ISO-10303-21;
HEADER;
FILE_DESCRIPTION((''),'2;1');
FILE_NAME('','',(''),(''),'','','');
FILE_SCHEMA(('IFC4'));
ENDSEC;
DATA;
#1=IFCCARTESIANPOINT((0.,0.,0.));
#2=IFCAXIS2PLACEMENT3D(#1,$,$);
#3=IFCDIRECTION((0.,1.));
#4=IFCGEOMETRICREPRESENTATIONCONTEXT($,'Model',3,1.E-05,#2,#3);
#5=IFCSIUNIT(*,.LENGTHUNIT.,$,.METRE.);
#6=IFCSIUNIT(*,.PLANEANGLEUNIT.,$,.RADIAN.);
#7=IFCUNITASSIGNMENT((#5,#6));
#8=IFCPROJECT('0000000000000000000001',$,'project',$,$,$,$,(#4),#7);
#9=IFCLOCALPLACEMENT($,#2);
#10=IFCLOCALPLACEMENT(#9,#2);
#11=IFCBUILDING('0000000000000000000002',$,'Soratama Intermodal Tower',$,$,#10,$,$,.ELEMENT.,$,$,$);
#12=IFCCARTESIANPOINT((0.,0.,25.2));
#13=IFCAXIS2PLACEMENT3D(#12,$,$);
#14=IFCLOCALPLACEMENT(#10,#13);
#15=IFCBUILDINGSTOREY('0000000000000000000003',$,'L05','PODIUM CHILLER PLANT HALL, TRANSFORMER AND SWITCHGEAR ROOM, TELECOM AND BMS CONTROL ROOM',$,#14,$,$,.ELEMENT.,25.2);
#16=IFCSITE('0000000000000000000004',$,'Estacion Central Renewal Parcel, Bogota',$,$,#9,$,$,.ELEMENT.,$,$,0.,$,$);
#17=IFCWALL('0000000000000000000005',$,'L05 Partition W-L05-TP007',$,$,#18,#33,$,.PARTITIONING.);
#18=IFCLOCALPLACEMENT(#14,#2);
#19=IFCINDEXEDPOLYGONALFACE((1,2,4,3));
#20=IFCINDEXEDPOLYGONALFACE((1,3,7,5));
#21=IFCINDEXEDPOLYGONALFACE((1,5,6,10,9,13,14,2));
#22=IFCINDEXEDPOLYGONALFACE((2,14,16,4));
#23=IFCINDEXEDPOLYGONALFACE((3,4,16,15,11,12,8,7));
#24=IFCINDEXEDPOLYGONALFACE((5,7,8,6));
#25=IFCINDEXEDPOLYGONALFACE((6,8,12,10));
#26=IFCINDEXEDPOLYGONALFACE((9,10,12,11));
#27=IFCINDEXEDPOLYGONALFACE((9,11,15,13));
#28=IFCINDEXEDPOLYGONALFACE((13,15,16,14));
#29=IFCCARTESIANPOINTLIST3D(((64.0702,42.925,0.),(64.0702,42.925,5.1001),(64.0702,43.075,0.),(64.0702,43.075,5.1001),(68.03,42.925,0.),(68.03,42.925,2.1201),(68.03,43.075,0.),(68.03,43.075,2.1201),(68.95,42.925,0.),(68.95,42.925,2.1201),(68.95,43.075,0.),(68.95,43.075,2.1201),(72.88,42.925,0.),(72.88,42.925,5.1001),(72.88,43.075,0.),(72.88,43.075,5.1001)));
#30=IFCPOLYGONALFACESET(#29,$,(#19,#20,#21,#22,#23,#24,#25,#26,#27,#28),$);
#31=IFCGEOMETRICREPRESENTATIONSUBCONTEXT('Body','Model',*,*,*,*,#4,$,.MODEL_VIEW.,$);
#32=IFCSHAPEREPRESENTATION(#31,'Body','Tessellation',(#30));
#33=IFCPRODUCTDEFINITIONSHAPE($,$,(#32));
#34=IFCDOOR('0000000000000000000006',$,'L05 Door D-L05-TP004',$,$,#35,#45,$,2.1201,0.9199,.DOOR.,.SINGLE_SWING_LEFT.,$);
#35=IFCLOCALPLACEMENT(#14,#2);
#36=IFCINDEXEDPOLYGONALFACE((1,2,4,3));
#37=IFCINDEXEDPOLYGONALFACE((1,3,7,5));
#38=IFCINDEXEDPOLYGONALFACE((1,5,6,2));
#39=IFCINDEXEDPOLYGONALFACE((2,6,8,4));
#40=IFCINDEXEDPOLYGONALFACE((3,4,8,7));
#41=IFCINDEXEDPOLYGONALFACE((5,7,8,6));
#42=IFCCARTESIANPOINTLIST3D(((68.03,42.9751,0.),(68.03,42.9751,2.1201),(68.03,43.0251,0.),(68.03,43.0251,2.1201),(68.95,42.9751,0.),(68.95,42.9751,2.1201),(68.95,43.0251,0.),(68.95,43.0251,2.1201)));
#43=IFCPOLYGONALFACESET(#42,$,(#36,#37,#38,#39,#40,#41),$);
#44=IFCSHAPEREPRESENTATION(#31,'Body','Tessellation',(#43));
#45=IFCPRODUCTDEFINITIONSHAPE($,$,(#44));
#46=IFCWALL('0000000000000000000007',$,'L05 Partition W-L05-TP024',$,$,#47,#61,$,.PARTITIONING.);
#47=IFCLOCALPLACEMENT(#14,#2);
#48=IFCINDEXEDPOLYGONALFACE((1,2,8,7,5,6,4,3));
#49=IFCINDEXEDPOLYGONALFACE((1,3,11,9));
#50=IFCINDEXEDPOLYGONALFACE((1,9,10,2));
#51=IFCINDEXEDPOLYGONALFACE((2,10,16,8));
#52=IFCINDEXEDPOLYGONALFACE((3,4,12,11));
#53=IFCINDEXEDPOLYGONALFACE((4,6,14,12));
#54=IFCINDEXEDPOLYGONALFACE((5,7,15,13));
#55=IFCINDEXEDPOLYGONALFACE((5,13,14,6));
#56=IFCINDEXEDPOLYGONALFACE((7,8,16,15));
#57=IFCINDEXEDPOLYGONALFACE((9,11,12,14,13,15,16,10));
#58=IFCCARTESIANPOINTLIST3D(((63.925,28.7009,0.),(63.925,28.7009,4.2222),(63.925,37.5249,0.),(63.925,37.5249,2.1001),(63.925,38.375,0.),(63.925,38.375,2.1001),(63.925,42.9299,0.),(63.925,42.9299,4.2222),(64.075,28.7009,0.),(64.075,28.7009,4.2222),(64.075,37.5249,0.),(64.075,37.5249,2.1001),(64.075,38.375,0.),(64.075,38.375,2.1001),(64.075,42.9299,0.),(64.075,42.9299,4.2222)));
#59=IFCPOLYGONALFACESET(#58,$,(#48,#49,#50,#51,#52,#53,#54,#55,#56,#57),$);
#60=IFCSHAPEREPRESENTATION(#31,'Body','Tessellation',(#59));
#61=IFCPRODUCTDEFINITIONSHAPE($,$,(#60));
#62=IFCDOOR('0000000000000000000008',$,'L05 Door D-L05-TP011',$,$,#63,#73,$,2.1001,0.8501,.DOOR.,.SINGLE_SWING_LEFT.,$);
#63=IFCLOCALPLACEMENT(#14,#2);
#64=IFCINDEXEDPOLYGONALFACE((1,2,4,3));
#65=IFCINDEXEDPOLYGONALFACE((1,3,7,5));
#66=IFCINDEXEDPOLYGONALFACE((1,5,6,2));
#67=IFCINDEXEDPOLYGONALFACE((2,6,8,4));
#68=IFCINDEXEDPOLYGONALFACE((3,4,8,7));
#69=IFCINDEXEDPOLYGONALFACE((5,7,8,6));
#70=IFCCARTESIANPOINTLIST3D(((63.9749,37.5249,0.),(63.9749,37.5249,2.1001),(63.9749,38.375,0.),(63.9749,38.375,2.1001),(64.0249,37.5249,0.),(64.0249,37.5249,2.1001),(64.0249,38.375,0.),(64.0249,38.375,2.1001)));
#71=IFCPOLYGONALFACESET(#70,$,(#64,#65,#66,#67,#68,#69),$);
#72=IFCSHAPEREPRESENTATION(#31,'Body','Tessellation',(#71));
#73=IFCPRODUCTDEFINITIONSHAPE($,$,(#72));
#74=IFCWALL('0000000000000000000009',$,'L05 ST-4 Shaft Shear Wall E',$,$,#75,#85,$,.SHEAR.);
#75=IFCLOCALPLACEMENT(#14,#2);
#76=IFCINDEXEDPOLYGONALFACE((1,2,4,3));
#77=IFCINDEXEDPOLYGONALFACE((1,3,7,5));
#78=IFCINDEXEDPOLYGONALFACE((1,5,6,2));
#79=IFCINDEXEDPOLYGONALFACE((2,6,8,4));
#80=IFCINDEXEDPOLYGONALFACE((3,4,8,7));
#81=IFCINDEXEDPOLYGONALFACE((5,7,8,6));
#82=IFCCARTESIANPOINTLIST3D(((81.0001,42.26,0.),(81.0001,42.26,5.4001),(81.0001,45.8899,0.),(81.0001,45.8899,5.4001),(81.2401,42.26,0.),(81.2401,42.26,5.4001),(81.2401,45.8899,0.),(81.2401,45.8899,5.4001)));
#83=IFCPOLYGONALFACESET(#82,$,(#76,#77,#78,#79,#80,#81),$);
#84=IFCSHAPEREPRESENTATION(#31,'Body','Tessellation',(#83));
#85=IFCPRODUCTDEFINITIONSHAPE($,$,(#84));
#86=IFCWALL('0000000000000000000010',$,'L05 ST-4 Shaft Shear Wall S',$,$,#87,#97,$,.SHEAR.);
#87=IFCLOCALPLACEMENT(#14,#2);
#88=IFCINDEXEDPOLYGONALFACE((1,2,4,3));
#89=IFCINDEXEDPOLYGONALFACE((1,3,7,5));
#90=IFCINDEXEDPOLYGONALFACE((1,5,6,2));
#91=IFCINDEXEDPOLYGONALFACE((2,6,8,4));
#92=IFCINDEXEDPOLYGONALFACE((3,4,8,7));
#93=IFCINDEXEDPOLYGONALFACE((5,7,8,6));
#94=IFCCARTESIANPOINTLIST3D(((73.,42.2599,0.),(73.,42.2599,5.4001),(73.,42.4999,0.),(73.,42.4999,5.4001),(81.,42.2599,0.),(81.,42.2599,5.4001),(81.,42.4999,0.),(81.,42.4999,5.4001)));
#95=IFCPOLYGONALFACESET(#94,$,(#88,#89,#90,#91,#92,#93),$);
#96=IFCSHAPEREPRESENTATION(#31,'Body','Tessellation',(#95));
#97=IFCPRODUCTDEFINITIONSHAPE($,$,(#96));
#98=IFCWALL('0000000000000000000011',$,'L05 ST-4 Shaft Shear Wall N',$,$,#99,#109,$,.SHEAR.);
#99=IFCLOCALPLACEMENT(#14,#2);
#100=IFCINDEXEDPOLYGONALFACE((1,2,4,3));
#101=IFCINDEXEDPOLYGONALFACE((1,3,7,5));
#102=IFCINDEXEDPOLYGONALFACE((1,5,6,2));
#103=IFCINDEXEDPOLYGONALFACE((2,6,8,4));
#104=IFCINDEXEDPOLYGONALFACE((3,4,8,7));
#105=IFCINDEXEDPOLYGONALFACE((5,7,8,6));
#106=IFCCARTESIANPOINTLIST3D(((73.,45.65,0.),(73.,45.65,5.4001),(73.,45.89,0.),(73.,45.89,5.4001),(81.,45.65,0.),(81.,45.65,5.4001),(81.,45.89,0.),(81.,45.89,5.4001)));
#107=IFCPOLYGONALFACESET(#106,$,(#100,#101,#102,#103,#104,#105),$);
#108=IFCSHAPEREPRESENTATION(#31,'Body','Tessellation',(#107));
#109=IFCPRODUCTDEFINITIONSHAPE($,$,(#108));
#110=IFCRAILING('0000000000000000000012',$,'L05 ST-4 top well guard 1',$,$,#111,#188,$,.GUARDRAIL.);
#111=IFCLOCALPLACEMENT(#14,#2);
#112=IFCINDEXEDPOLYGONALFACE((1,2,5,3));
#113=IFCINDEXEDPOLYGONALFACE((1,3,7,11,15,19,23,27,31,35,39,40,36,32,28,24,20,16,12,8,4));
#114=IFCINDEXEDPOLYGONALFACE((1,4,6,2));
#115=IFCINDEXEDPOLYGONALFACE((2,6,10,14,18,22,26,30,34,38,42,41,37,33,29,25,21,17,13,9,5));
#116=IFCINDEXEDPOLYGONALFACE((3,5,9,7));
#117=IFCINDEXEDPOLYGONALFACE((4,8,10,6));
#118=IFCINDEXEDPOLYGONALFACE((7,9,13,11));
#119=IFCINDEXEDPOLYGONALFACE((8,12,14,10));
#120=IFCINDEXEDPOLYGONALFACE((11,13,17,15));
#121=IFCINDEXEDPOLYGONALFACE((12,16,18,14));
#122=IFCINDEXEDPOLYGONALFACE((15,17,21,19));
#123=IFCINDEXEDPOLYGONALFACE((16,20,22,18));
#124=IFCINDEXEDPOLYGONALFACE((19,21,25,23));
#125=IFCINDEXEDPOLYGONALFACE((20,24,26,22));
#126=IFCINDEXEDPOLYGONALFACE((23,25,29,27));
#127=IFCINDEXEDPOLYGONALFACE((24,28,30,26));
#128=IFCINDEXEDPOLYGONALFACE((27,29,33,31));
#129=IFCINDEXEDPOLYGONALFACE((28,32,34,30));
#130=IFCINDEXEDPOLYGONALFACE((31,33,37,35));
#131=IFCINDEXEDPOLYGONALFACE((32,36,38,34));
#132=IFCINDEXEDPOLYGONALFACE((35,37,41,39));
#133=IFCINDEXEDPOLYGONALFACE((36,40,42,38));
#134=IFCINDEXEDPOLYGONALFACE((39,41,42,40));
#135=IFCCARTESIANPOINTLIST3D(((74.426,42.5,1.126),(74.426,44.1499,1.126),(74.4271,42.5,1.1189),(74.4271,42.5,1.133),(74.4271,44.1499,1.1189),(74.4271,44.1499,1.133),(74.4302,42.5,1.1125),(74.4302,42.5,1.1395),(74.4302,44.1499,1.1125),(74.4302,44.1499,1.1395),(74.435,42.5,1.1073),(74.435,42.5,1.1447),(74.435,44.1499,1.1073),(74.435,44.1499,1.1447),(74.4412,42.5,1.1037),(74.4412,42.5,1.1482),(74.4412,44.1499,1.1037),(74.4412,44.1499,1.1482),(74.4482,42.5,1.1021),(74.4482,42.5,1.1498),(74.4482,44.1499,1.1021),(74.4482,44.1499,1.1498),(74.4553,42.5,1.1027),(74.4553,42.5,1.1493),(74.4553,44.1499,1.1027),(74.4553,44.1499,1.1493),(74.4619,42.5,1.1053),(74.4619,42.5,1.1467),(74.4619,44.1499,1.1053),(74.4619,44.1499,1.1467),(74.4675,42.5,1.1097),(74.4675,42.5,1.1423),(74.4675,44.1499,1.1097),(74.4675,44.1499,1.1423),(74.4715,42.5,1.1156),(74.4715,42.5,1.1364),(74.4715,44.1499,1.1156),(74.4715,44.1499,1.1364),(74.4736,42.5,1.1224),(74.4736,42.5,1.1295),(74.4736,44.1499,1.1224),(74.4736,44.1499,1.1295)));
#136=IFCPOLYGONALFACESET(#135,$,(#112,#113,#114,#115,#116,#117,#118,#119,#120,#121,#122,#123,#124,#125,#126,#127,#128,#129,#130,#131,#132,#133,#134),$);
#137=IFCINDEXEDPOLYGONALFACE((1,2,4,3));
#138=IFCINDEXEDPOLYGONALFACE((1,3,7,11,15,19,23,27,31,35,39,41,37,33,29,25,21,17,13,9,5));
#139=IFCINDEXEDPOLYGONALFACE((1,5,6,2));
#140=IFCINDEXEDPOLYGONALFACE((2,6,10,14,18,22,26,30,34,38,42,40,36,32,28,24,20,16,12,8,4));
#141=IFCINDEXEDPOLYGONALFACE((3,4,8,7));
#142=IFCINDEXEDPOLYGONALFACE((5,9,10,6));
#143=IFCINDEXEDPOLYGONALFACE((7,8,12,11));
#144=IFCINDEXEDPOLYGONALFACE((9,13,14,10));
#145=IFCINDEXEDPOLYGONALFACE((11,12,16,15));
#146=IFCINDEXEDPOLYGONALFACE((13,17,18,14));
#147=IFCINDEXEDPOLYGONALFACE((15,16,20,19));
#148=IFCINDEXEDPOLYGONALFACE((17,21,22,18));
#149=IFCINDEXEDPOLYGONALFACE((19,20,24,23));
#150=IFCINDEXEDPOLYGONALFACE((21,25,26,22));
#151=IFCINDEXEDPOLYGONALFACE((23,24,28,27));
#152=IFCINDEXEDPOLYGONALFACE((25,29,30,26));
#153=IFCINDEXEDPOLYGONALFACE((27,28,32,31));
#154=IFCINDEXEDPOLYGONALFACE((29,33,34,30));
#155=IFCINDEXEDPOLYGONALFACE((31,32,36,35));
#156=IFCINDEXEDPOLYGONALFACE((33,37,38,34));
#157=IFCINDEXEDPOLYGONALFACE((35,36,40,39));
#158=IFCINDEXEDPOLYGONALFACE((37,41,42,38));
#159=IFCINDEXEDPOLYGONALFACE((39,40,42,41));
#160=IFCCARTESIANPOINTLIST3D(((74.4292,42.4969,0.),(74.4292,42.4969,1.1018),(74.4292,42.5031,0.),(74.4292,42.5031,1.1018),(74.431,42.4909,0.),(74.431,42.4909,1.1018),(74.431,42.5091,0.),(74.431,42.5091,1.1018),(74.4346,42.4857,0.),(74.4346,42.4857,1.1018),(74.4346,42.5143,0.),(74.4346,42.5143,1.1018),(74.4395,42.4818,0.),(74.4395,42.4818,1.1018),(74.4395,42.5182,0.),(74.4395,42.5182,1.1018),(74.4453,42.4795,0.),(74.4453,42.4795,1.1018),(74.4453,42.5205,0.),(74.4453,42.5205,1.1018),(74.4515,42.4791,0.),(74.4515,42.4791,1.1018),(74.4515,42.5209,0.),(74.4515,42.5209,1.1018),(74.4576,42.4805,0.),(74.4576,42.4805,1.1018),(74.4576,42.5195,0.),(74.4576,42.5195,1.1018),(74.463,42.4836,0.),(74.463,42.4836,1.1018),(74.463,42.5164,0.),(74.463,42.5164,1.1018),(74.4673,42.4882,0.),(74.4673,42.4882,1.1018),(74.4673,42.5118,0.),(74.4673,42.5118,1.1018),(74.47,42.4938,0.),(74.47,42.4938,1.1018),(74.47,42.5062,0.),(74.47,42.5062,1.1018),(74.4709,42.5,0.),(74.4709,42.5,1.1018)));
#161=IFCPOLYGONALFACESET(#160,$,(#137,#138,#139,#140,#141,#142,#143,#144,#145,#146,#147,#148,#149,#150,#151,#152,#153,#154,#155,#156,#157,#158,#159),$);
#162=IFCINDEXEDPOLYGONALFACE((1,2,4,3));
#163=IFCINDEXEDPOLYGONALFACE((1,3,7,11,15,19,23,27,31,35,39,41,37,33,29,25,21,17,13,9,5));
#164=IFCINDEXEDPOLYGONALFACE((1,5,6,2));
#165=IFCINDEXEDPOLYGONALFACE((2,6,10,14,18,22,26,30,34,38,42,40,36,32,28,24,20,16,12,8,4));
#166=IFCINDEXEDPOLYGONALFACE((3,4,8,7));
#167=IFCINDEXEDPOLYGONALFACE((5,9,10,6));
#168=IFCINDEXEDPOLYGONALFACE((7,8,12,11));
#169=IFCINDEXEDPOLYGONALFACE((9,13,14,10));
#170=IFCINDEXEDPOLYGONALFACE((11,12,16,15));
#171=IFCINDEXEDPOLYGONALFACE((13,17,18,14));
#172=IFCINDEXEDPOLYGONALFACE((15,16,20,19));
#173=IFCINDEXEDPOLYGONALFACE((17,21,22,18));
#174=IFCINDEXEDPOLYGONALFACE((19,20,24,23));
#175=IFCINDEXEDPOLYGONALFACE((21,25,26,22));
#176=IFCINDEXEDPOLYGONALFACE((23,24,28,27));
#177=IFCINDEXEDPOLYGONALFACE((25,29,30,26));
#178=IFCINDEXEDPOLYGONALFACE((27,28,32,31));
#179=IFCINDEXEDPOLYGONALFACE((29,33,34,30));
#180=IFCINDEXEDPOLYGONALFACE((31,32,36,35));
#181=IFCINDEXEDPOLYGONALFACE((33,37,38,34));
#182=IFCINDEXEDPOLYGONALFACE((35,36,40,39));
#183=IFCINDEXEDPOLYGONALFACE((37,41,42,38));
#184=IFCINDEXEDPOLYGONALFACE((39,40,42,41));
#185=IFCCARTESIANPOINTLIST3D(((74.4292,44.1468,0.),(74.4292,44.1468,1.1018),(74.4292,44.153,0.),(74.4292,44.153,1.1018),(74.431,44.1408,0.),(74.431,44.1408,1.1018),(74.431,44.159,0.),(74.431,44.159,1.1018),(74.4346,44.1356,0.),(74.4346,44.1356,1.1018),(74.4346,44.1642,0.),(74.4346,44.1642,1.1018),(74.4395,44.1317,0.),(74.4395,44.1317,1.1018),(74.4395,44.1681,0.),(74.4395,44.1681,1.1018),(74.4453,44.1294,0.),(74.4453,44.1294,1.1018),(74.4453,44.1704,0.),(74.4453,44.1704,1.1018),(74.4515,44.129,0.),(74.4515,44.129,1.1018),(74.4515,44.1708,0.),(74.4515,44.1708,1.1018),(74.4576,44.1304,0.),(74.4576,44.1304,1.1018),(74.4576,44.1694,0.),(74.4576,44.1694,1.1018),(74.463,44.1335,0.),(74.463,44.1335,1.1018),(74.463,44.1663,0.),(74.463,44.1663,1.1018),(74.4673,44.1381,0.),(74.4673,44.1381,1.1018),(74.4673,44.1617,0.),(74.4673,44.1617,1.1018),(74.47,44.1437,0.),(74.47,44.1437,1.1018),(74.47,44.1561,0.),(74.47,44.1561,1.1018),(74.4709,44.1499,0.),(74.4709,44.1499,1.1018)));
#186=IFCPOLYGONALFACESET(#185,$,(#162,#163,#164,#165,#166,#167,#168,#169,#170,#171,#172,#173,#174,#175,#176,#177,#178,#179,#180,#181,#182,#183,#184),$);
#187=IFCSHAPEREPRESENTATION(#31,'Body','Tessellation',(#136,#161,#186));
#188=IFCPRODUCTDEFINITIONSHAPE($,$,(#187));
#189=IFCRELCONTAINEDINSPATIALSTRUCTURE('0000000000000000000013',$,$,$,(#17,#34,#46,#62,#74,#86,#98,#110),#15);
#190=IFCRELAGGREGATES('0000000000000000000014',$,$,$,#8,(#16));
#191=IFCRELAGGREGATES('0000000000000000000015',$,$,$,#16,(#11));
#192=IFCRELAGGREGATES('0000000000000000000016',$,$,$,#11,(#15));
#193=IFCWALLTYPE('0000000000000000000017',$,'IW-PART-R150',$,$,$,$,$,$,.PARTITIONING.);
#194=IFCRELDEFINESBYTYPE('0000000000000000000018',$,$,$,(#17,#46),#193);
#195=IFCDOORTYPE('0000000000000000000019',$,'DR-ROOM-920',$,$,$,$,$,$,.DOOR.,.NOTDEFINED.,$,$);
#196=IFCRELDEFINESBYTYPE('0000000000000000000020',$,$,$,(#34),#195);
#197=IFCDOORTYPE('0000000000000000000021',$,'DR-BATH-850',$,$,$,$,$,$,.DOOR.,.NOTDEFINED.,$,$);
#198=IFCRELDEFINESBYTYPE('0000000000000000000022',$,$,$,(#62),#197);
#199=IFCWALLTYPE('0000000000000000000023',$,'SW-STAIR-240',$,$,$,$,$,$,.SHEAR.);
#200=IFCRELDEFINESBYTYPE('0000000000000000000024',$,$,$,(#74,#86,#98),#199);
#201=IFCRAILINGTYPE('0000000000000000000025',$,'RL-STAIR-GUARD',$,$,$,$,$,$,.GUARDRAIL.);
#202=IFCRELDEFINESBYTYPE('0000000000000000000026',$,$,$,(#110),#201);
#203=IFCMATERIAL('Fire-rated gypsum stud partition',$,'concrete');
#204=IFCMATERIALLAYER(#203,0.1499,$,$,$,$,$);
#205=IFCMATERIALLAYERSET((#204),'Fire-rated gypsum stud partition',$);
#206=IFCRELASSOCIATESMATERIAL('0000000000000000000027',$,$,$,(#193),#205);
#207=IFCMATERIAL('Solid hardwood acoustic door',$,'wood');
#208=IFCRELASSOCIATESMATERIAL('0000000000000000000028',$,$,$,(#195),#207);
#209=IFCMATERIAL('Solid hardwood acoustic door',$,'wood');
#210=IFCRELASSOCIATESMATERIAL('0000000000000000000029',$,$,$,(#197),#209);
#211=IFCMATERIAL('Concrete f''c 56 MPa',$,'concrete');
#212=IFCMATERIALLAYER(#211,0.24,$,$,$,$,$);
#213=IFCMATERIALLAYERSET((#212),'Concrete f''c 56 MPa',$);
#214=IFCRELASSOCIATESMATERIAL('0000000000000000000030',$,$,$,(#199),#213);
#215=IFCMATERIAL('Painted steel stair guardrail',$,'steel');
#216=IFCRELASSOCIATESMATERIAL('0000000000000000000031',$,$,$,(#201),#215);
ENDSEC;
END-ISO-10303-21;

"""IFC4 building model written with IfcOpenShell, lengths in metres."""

from ifc_helpers import new_model, si_unit, direction, frame, frame_2d, origin, origin_2d, place, context, subcontext, project, spatial, rectangle, circle, extrude, material, layer, layer_set, type_object, element, fill, save


model = new_model("IFC4")

# Units and contexts
model_context = context("Model", 3, precision=1e-05, world=origin(), true_north=direction((0.0, 1.0)))
body_context = subcontext(model_context, "Body", "Model", "MODEL_VIEW")
ifc_project = project(units=[si_unit("LENGTHUNIT", "METRE"), si_unit("PLANEANGLEUNIT", "RADIAN")], contexts=[model_context])

# Site, building, storey
site_placement = place(None, origin())
site = spatial("IfcSite", under=ifc_project, at=site_placement, Name="Estacion Central Renewal Parcel, Bogota", CompositionType="ELEMENT", RefElevation=0.0)
building_placement = place(site_placement, origin())
building = spatial("IfcBuilding", under=site, at=building_placement, Name="Soratama Intermodal Tower", CompositionType="ELEMENT")
storey_placement = place(building_placement, frame((0.0, 0.0, 25.2)))
storey = spatial("IfcBuildingStorey", under=building, at=storey_placement, Name="L05", Description="PODIUM CHILLER PLANT HALL, TRANSFORMER AND SWITCHGEAR ROOM, TELECOM AND BMS CONTROL ROOM", CompositionType="ELEMENT", Elevation=25.2)

# Walls, openings, doors
ifc_material_1 = material(Name="Fire-rated gypsum stud partition", Category="concrete")
ifc_layer_1 = layer(ifc_material_1, 0.1499)
ifc_layer_set_1 = layer_set([ifc_layer_1], Name="Fire-rated gypsum stud partition")
wall_type_1 = type_object("IfcWallType", Name="IW-PART-R150", PredefinedType="PARTITIONING", material=ifc_layer_set_1)
wall_1_placement = place(storey_placement, frame((72.8799, 43.0, 0.0), z_axis=(0.0, 0.0, 1.0), x_axis=(-1.0, 0.0, 0.0)))
wall_1 = element("IfcWall", 1, at=wall_1_placement, inside=storey, type_object=wall_type_1, Name="L05 Partition W-L05-TP007", PredefinedType="PARTITIONING", context=body_context, shape_type="SweptSolid", body=[
    extrude(rectangle(XDim=8.8098, YDim=0.1499, at=frame_2d((4.4048, 0.0))), origin(), (0.0, 0.0, 1.0), 5.1001),
])
opening_1_placement = place(wall_1_placement, frame((3.9299, 0.0, 0.0)))
opening_1 = element("IfcOpeningElement", 2, at=opening_1_placement, cuts=wall_1, PredefinedType="OPENING", context=body_context, shape_type="SweptSolid", body=[
    extrude(rectangle(XDim=0.9199, YDim=2.1201, at=frame_2d((0.46, 1.0601))), frame((0.0, 0.085, 0.0), z_axis=(0.0, -1.0, 0.0), x_axis=(1.0, 0.0, 0.0)), (0.0, 0.0, 1.0), 0.1699),
])
ifc_material_2 = material(Name="Solid hardwood acoustic door", Category="wood")
door_type_1 = type_object("IfcDoorType", Name="DR-ROOM-920", OperationType="NOTDEFINED", PredefinedType="DOOR", material=ifc_material_2)
door_1_placement = place(opening_1_placement, origin())
door_1 = element("IfcDoor", 3, at=door_1_placement, inside=storey, type_object=door_type_1, Name="L05 Door D-L05-TP004", OperationType="SINGLE_SWING_LEFT", OverallHeight=2.1201, OverallWidth=0.9199, PredefinedType="DOOR", context=body_context, shape_type="SweptSolid", body=[
    extrude(rectangle(XDim=0.9199, YDim=2.1201, at=frame_2d((0.46, 1.0601))), frame((0.0, 0.0249, 0.0), z_axis=(0.0, -1.0, 0.0), x_axis=(1.0, 0.0, 0.0)), (0.0, 0.0, 1.0), 0.05),
])
fill(opening_1, door_1)
wall_2_placement = place(storey_placement, frame((64.0, 42.9299, 0.0), z_axis=(0.0, 0.0, 1.0), x_axis=(0.0, -1.0, 0.0)))
wall_2 = element("IfcWall", 4, at=wall_2_placement, inside=storey, type_object=wall_type_1, Name="L05 Partition W-L05-TP024", PredefinedType="PARTITIONING", context=body_context, shape_type="SweptSolid", body=[
    extrude(rectangle(XDim=14.229, YDim=0.1499, at=frame_2d((7.1145, 0.0))), origin(), (0.0, 0.0, 1.0), 4.2222),
])
opening_2_placement = place(wall_2_placement, frame((4.5549, 0.0, 0.0)))
opening_2 = element("IfcOpeningElement", 5, at=opening_2_placement, cuts=wall_2, PredefinedType="OPENING", context=body_context, shape_type="SweptSolid", body=[
    extrude(rectangle(XDim=0.8501, YDim=2.1001, at=frame_2d((0.425, 1.05))), frame((0.0, 0.085, 0.0), z_axis=(0.0, -1.0, 0.0), x_axis=(1.0, 0.0, 0.0)), (0.0, 0.0, 1.0), 0.1699),
])
ifc_material_3 = material(Name="Solid hardwood acoustic door", Category="wood")
door_type_2 = type_object("IfcDoorType", Name="DR-BATH-850", OperationType="NOTDEFINED", PredefinedType="DOOR", material=ifc_material_3)
door_2_placement = place(opening_2_placement, origin())
door_2 = element("IfcDoor", 6, at=door_2_placement, inside=storey, type_object=door_type_2, Name="L05 Door D-L05-TP011", OperationType="SINGLE_SWING_LEFT", OverallHeight=2.1001, OverallWidth=0.8501, PredefinedType="DOOR", context=body_context, shape_type="SweptSolid", body=[
    extrude(rectangle(XDim=0.8501, YDim=2.1001, at=frame_2d((0.425, 1.05))), frame((0.0, 0.0249, 0.0), z_axis=(0.0, -1.0, 0.0), x_axis=(1.0, 0.0, 0.0)), (0.0, 0.0, 1.0), 0.05),
])
fill(opening_2, door_2)
ifc_material_4 = material(Name="Concrete f'c 56 MPa", Category="concrete")
ifc_layer_2 = layer(ifc_material_4, 0.24)
ifc_layer_set_2 = layer_set([ifc_layer_2], Name="Concrete f'c 56 MPa")
wall_type_2 = type_object("IfcWallType", Name="SW-STAIR-240", PredefinedType="SHEAR", material=ifc_layer_set_2)

# Walls
wall_3_placement = place(storey_placement, frame((81.1201, 42.26, 0.0), z_axis=(0.0, 0.0, 1.0), x_axis=(0.0, 1.0, 0.0)))
element("IfcWall", 7, at=wall_3_placement, inside=storey, type_object=wall_type_2, Name="L05 ST-4 Shaft Shear Wall E", PredefinedType="SHEAR", context=body_context, shape_type="SweptSolid", body=[
    extrude(rectangle(XDim=3.6299, YDim=0.24, at=frame_2d((1.8149, 0.0))), origin(), (0.0, 0.0, 1.0), 5.4001),
])
for number, where, z_axis, x_axis, name in (
    (8, (73.0, 42.3799, 0.0), (0.0, 0.0, 1.0), (1.0, 0.0, 0.0), "L05 ST-4 Shaft Shear Wall S"),
    (9, (73.0, 45.77, 0.0), (0.0, 0.0, 1.0), (1.0, 0.0, 0.0), "L05 ST-4 Shaft Shear Wall N"),
):
    element("IfcWall", number, at=place(storey_placement, frame(where, z_axis=z_axis, x_axis=x_axis)), inside=storey, type_object=wall_type_2, Name=name, PredefinedType="SHEAR", context=body_context, shape_type="SweptSolid", body=[
        extrude(rectangle(XDim=8.0, YDim=0.24, at=frame_2d((4.0, 0.0))), origin(), (0.0, 0.0, 1.0), 5.4001),
    ])

# Railing
ifc_material_5 = material(Name="Painted steel stair guardrail", Category="steel")
railing_type = type_object("IfcRailingType", Name="RL-STAIR-GUARD", PredefinedType="GUARDRAIL", material=ifc_material_5)
railing_placement = place(storey_placement, frame((74.45, 42.5, 0.0)))
element("IfcRailing", 10, at=railing_placement, inside=storey, type_object=railing_type, Name="L05 ST-4 top well guard 1", PredefinedType="GUARDRAIL", context=body_context, shape_type="SweptSolid", body=[
    extrude(circle(Radius=0.0239, at=origin_2d()), frame((0.0, 0.0, 1.126), z_axis=(0.0, 1.0, 0.0), x_axis=(-1.0, 0.0, 0.0)), (0.0, 0.0, 1.0), 1.6499),
    extrude(circle(Radius=0.021, at=origin_2d()), origin(), (0.0, 0.0, 1.0), 1.1018),
    extrude(circle(Radius=0.021, at=origin_2d()), frame((0.0, 1.6499, 0.0)), (0.0, 0.0, 1.0), 1.1018),
])

save(model, "model.ifc")
